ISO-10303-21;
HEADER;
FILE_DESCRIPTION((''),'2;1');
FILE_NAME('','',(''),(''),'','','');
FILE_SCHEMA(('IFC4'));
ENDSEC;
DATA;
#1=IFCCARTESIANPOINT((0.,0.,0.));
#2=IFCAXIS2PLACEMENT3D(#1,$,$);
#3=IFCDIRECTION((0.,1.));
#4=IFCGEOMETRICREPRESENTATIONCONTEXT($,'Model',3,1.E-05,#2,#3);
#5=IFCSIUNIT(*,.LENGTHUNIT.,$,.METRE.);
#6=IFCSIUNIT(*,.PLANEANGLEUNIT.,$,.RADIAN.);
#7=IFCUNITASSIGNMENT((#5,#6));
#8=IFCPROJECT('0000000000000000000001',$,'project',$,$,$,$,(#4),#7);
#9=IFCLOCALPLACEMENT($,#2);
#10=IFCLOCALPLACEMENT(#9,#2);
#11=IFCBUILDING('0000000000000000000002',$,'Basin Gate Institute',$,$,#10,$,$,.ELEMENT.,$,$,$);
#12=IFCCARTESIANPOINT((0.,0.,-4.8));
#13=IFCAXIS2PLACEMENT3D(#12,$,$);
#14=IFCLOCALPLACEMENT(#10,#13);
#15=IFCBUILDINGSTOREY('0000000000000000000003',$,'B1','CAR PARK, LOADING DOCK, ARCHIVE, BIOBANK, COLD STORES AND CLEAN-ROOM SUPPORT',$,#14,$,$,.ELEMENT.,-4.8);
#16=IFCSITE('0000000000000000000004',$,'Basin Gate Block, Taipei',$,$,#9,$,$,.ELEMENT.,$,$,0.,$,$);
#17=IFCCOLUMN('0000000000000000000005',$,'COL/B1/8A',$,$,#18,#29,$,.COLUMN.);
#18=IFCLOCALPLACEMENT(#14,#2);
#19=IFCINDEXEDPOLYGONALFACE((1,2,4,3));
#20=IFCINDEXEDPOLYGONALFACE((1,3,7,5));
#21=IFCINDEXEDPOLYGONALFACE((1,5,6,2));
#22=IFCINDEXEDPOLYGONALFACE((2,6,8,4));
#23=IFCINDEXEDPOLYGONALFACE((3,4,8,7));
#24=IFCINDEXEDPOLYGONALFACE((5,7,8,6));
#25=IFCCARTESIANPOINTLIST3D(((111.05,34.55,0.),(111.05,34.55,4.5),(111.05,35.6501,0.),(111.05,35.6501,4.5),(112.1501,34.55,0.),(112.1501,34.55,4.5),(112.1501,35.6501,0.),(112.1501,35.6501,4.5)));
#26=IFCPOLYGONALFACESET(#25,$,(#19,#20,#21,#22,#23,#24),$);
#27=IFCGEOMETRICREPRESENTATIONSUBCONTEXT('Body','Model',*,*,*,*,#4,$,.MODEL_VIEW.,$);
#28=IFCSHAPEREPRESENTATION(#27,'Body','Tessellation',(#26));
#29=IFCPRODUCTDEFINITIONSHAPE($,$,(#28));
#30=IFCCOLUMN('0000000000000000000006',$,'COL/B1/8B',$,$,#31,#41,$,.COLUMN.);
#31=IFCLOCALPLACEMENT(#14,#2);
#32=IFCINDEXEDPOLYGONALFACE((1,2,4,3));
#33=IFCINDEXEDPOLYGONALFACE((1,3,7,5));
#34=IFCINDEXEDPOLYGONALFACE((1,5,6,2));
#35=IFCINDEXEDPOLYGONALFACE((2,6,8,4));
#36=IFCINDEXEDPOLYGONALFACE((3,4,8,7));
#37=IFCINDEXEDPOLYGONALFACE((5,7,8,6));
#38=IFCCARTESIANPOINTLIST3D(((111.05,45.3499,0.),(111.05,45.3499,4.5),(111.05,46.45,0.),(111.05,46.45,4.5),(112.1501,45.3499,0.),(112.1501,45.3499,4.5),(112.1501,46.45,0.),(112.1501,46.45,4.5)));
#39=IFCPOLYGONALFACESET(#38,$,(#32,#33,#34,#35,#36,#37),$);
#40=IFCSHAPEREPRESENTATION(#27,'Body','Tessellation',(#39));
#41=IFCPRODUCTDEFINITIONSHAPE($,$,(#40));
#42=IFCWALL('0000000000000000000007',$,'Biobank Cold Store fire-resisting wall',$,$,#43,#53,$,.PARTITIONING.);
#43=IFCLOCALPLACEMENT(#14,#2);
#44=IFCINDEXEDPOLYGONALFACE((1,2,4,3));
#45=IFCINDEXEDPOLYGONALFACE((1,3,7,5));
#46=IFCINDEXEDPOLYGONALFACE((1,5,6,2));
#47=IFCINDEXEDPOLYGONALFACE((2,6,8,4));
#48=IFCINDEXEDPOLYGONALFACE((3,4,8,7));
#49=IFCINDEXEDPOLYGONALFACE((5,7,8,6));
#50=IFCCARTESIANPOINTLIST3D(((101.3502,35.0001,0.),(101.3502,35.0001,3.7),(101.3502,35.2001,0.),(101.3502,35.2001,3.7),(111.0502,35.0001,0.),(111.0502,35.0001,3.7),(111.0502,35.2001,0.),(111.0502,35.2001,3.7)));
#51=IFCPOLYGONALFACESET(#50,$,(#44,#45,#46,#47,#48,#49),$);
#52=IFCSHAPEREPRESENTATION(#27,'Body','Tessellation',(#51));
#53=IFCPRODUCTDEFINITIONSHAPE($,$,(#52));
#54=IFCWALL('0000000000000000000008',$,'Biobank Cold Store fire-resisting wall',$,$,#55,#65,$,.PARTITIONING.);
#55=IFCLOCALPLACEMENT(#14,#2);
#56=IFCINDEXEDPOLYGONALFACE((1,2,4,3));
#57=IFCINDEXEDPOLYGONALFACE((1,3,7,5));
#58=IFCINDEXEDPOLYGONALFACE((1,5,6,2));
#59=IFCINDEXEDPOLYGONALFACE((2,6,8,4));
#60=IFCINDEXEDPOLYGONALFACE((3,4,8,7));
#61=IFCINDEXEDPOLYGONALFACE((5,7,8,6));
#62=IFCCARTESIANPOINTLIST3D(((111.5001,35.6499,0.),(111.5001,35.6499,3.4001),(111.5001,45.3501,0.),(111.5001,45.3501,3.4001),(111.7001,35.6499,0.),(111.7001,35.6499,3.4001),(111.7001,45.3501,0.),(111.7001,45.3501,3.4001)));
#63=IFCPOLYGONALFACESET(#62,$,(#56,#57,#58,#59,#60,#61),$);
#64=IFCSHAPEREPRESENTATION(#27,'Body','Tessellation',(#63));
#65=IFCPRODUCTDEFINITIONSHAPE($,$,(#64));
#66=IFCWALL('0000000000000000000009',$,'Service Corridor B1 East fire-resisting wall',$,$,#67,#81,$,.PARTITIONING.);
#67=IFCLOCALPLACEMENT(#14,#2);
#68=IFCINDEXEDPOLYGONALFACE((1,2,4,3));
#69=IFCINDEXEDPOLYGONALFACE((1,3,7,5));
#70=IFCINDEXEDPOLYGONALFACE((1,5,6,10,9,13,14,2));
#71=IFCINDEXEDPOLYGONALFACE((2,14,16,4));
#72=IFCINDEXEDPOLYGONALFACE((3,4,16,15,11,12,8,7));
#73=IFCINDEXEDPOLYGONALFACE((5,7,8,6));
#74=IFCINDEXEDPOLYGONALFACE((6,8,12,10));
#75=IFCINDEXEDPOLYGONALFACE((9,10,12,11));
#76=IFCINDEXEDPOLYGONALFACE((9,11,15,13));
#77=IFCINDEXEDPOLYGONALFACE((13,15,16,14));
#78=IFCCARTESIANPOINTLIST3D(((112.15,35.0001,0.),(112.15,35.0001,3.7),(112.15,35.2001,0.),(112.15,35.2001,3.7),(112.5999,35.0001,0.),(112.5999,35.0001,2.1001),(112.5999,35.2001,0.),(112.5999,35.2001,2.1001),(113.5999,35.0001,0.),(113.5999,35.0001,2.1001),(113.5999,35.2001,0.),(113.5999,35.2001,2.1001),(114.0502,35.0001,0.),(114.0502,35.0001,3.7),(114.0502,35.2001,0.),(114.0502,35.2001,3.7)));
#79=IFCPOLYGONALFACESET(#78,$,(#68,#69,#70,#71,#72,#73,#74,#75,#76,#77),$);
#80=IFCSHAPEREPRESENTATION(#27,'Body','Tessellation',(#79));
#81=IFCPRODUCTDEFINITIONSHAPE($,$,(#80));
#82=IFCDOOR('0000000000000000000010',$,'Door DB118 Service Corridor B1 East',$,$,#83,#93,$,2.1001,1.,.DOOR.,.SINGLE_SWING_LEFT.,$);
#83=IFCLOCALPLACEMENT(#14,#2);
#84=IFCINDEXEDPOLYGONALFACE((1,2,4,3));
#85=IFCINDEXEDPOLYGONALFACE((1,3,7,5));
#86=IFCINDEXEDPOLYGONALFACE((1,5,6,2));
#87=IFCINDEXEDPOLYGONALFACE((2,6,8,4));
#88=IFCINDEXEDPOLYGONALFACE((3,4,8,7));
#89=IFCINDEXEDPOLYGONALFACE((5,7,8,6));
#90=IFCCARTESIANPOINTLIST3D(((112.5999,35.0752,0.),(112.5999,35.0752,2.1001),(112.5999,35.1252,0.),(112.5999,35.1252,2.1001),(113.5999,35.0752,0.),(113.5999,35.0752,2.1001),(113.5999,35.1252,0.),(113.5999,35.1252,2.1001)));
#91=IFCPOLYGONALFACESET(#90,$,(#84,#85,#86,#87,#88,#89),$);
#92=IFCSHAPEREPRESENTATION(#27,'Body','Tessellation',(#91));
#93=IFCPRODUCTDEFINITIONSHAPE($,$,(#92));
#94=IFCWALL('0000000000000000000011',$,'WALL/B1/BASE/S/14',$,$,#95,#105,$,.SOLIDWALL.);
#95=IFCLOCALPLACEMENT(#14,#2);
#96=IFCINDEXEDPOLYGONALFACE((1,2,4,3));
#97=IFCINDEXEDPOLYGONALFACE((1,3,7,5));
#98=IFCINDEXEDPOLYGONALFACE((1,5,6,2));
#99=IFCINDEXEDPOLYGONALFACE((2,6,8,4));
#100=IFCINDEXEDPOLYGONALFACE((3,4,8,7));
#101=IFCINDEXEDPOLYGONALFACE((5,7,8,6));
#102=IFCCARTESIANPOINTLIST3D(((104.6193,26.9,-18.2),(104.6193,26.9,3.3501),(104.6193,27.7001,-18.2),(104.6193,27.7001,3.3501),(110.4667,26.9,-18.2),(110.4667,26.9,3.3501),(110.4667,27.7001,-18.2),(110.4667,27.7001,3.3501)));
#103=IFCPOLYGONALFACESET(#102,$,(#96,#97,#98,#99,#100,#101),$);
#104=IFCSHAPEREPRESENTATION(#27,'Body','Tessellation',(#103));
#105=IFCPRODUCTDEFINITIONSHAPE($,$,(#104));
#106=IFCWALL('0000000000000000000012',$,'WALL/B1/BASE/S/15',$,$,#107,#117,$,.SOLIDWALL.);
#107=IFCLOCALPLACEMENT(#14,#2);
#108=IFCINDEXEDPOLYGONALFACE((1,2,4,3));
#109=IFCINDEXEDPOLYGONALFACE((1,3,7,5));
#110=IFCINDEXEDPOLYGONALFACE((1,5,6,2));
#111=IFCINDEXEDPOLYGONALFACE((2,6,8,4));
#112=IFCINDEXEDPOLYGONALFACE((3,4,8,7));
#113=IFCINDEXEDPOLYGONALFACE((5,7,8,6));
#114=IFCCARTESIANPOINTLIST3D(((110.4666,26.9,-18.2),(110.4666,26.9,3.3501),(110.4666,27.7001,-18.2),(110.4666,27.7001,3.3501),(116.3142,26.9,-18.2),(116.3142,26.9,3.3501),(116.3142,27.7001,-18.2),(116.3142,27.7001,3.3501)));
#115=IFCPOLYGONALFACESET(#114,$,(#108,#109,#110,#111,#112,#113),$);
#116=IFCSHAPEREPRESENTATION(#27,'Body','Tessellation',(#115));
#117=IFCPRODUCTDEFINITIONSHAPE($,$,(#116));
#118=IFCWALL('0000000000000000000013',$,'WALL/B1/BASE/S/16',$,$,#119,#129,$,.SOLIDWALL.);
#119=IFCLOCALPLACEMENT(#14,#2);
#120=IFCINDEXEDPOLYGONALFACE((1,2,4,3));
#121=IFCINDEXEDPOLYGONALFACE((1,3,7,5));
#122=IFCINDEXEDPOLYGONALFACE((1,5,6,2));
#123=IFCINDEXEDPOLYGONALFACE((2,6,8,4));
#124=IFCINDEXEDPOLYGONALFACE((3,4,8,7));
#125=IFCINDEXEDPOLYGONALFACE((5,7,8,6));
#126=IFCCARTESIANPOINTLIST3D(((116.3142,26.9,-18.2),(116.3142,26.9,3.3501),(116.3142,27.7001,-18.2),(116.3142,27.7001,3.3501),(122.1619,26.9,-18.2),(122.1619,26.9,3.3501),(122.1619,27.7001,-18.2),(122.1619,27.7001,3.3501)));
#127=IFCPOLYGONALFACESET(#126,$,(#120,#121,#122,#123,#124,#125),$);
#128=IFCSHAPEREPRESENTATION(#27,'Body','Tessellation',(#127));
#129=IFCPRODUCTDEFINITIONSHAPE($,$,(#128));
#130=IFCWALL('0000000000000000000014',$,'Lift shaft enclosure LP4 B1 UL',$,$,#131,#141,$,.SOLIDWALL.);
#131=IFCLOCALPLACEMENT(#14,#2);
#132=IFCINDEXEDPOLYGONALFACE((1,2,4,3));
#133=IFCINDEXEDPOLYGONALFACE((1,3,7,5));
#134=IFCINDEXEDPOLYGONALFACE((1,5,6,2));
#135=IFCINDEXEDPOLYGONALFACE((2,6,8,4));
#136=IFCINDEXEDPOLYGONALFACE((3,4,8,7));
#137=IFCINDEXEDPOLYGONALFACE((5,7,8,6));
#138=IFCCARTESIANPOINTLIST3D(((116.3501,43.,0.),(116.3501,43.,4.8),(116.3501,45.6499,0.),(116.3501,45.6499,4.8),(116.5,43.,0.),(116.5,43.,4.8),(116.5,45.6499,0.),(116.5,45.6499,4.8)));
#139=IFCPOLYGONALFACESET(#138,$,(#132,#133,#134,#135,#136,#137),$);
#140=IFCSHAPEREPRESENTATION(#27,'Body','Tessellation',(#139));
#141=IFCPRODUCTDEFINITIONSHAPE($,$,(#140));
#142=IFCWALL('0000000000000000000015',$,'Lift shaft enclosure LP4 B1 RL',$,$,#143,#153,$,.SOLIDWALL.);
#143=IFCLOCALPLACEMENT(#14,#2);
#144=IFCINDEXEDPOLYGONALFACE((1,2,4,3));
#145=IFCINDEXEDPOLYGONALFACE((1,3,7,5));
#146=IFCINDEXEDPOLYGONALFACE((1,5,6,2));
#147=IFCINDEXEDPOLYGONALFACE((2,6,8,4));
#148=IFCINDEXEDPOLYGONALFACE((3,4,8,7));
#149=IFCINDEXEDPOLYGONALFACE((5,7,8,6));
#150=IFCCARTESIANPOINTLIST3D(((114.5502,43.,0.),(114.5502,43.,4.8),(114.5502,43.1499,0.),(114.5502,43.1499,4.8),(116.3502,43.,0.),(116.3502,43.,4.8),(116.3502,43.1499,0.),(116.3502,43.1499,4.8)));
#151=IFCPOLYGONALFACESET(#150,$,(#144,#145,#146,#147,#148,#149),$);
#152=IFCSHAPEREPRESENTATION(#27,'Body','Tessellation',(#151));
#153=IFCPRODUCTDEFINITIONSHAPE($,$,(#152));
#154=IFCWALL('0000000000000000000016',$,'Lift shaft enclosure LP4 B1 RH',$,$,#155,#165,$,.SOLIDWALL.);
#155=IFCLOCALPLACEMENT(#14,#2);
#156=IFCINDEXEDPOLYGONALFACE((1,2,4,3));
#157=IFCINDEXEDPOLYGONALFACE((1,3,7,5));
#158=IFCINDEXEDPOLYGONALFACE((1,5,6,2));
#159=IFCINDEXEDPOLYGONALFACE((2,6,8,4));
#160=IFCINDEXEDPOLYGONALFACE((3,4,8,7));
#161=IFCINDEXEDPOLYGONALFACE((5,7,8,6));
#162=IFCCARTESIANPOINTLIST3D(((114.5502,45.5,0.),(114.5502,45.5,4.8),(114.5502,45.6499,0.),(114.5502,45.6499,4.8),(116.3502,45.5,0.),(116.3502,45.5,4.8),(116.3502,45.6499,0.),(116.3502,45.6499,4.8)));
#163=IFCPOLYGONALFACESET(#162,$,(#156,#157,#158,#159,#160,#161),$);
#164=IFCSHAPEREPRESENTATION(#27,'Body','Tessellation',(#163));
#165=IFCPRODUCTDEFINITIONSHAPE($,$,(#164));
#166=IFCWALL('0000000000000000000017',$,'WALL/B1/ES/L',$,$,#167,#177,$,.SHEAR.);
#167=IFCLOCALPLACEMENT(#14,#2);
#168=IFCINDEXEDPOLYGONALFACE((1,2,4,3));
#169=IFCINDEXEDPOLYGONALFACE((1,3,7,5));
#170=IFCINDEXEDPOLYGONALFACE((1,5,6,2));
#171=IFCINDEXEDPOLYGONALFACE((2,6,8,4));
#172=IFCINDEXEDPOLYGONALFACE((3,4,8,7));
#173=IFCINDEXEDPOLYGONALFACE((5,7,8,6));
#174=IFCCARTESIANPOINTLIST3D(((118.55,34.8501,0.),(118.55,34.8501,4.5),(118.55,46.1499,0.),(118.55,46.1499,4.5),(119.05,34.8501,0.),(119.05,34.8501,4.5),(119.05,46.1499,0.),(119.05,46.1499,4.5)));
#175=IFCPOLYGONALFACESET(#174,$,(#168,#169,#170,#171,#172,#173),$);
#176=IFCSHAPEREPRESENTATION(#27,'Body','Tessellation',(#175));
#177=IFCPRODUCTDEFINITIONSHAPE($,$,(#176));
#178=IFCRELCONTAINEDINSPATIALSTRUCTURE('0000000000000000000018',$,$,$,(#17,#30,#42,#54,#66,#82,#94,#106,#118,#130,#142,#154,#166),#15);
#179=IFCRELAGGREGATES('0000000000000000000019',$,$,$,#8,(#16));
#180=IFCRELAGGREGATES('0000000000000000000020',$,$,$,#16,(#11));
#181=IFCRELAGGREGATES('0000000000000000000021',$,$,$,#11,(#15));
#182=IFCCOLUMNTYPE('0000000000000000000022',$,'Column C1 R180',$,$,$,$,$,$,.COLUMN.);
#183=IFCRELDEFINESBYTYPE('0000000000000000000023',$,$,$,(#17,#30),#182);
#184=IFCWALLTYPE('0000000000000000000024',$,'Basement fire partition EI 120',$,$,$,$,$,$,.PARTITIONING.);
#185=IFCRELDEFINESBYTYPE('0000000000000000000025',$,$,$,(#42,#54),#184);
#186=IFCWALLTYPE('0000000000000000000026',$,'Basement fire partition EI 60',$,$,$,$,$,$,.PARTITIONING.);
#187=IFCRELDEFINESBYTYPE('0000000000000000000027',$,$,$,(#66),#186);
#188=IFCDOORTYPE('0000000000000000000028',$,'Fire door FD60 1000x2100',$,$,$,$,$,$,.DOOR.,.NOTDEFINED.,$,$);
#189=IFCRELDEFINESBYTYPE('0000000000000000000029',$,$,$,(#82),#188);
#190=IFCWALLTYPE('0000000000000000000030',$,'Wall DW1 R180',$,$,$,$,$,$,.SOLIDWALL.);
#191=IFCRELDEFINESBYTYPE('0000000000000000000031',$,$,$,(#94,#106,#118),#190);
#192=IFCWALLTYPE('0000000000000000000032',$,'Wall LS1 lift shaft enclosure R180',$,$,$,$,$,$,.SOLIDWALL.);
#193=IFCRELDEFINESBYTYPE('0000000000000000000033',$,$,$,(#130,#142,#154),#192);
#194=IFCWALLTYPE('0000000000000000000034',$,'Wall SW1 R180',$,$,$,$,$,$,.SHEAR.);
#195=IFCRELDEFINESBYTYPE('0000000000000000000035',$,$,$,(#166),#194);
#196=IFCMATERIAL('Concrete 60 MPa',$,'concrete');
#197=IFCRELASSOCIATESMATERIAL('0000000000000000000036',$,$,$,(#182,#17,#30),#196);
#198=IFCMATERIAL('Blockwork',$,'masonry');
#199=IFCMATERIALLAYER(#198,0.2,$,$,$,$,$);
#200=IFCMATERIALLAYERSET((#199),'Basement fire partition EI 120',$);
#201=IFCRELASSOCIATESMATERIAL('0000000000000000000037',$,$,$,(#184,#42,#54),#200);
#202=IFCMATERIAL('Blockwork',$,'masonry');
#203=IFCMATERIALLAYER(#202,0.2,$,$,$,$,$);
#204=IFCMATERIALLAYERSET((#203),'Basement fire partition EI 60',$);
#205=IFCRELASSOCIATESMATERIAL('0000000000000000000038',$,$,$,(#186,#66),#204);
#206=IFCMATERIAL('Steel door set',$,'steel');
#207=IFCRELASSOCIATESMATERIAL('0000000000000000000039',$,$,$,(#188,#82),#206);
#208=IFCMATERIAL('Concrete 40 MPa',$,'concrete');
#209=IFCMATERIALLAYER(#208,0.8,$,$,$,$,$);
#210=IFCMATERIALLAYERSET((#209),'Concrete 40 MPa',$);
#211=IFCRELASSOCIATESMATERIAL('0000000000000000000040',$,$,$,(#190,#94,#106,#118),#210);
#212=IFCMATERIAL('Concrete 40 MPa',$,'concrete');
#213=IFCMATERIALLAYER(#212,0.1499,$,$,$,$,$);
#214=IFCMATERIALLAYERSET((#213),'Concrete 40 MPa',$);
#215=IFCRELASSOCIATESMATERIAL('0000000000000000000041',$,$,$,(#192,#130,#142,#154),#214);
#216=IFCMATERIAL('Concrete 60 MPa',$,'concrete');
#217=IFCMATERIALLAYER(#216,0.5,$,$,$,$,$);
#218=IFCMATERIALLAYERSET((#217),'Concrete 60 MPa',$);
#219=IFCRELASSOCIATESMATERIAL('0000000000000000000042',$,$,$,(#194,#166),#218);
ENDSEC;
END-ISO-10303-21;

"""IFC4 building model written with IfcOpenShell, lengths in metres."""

from ifc_helpers import new_model, si_unit, direction, frame, frame_2d, origin, origin_2d, place, context, subcontext, project, spatial, rectangle, extrude, material, layer, layer_set, material_profile, profile_set, type_object, element, fill, save


model = new_model("IFC4")

# Units and contexts
model_context = context("Model", 3, precision=1e-05, world=origin(), true_north=direction((0.0, 1.0)))
body_context = subcontext(model_context, "Body", "Model", "MODEL_VIEW")
ifc_project = project(units=[si_unit("LENGTHUNIT", "METRE"), si_unit("PLANEANGLEUNIT", "RADIAN")], contexts=[model_context])

# Site, building, storey
site_placement = place(None, origin())
site = spatial("IfcSite", under=ifc_project, at=site_placement, Name="Basin Gate Block, Taipei", CompositionType="ELEMENT", RefElevation=0.0)
building_placement = place(site_placement, origin())
building = spatial("IfcBuilding", under=site, at=building_placement, Name="Basin Gate Institute", CompositionType="ELEMENT")
storey_placement = place(building_placement, frame((0.0, 0.0, -4.8)))
storey = spatial("IfcBuildingStorey", under=building, at=storey_placement, Name="B1", Description="CAR PARK, LOADING DOCK, ARCHIVE, BIOBANK, COLD STORES AND CLEAN-ROOM SUPPORT", CompositionType="ELEMENT", Elevation=-4.8)

# Columns
ifc_material_1 = material(Name="Concrete 60 MPa", Category="concrete")
ifc_material_profile = material_profile(ifc_material_1, rectangle(XDim=1.1001, YDim=1.1001, at=origin_2d()), Name="Column C1 1100 x 1100")
ifc_profile_set = profile_set([ifc_material_profile], Name="Concrete 60 MPa")
column_type = type_object("IfcColumnType", Name="Column C1 R180", PredefinedType="COLUMN", material=ifc_profile_set)
for number, where, z_axis, x_axis, name in (
    (1, (111.6001, 35.1001, 0.0), (0.0, 0.0, 1.0), (1.0, 0.0, 0.0), "COL/B1/8A"),
    (2, (111.6001, 45.8999, 0.0), (0.0, 0.0, 1.0), (1.0, 0.0, 0.0), "COL/B1/8B"),
):
    element("IfcColumn", number, at=place(storey_placement, frame(where, z_axis=z_axis, x_axis=x_axis)), inside=storey, type_object=column_type, material=ifc_profile_set, Name=name, PredefinedType="COLUMN", context=body_context, shape_type="SweptSolid", body=[
        extrude(rectangle(XDim=1.1001, YDim=1.1001, at=origin_2d()), origin(), (0.0, 0.0, 1.0), 4.5),
    ])

# Walls
ifc_material_2 = material(Name="Blockwork", Category="masonry")
ifc_layer_1 = layer(ifc_material_2, 0.2)
ifc_layer_set_1 = layer_set([ifc_layer_1], Name="Basement fire partition EI 120")
wall_type_1 = type_object("IfcWallType", Name="Basement fire partition EI 120", PredefinedType="PARTITIONING", material=ifc_layer_set_1)
wall_1_placement = place(storey_placement, frame((101.3501, 35.1001, 0.0), z_axis=(0.0, 0.0, 1.0), x_axis=(1.0, 0.0, 0.0)))
element("IfcWall", 3, at=wall_1_placement, inside=storey, type_object=wall_type_1, material=ifc_layer_set_1, Name="Biobank Cold Store fire-resisting wall", PredefinedType="PARTITIONING", context=body_context, shape_type="SweptSolid", body=[
    extrude(rectangle(XDim=9.7, YDim=0.2, at=frame_2d((4.8501, 0.0))), origin(), (0.0, 0.0, 1.0), 3.7),
])
wall_2_placement = place(storey_placement, frame((111.6001, 35.6499, 0.0), z_axis=(0.0, 0.0, 1.0), x_axis=(0.0, 1.0, 0.0)))
element("IfcWall", 4, at=wall_2_placement, inside=storey, type_object=wall_type_1, material=ifc_layer_set_1, Name="Biobank Cold Store fire-resisting wall", PredefinedType="PARTITIONING", context=body_context, shape_type="SweptSolid", body=[
    extrude(rectangle(XDim=9.7002, YDim=0.2, at=frame_2d((4.8501, 0.0))), origin(), (0.0, 0.0, 1.0), 3.4001),
])

# Wall, opening, door
ifc_material_3 = material(Name="Blockwork", Category="masonry")
ifc_layer_2 = layer(ifc_material_3, 0.2)
ifc_layer_set_2 = layer_set([ifc_layer_2], Name="Basement fire partition EI 60")
wall_type_2 = type_object("IfcWallType", Name="Basement fire partition EI 60", PredefinedType="PARTITIONING", material=ifc_layer_set_2)
wall_3_placement = place(storey_placement, frame((112.1499, 35.1001, 0.0), z_axis=(0.0, 0.0, 1.0), x_axis=(1.0, 0.0, 0.0)))
wall_3 = element("IfcWall", 5, at=wall_3_placement, inside=storey, type_object=wall_type_2, material=ifc_layer_set_2, Name="Service Corridor B1 East fire-resisting wall", PredefinedType="PARTITIONING", context=body_context, shape_type="SweptSolid", body=[
    extrude(rectangle(XDim=1.9001, YDim=0.2, at=frame_2d((0.9502, 0.0))), origin(), (0.0, 0.0, 1.0), 3.7),
])
opening_1_placement = place(wall_3_placement, frame((0.45, 0.0, 0.0)))
opening_1 = element("IfcOpeningElement", 6, at=opening_1_placement, cuts=wall_3, PredefinedType="OPENING", context=body_context, shape_type="SweptSolid", body=[
    extrude(rectangle(XDim=1.0, YDim=2.1001, at=frame_2d((0.5, 1.05))), frame((0.0, 0.1099, 0.0), z_axis=(0.0, -1.0, 0.0), x_axis=(1.0, 0.0, 0.0)), (0.0, 0.0, 1.0), 0.22),
])
ifc_material_4 = material(Name="Steel door set", Category="steel")
door_type_1 = type_object("IfcDoorType", Name="Fire door FD60 1000x2100", OperationType="NOTDEFINED", PredefinedType="DOOR", material=ifc_material_4)
door_1_placement = place(opening_1_placement, frame((1.0, 0.0, 0.0), z_axis=(0.0, 0.0, 1.0), x_axis=(-1.0, 0.0, 0.0)))
door_1 = element("IfcDoor", 7, at=door_1_placement, inside=storey, type_object=door_type_1, material=ifc_material_4, Name="Door DB118 Service Corridor B1 East", OperationType="SINGLE_SWING_LEFT", OverallHeight=2.1001, OverallWidth=1.0, PredefinedType="DOOR", context=body_context, shape_type="SweptSolid", body=[
    extrude(rectangle(XDim=1.0, YDim=2.1001, at=frame_2d((0.5, 1.05))), frame((0.0, 0.0249, 0.0), z_axis=(0.0, -1.0, 0.0), x_axis=(1.0, 0.0, 0.0)), (0.0, 0.0, 1.0), 0.05),
])
fill(opening_1, door_1)

# Walls
ifc_material_5 = material(Name="Concrete 40 MPa", Category="concrete")
ifc_layer_3 = layer(ifc_material_5, 0.8)
ifc_layer_set_3 = layer_set([ifc_layer_3], Name="Concrete 40 MPa")
wall_type_3 = type_object("IfcWallType", Name="Wall DW1 R180", PredefinedType="SOLIDWALL", material=ifc_layer_set_3)
wall_4_placement = place(storey_placement, frame((104.6191, 27.3, -18.2), z_axis=(0.0, 0.0, 1.0), x_axis=(1.0, 0.0, 0.0)))
element("IfcWall", 8, at=wall_4_placement, inside=storey, type_object=wall_type_3, material=ifc_layer_set_3, Name="WALL/B1/BASE/S/14", PredefinedType="SOLIDWALL", context=body_context, shape_type="SweptSolid", body=[
    extrude(rectangle(XDim=5.8474, YDim=0.8, at=frame_2d((2.9238, 0.0))), origin(), (0.0, 0.0, 1.0), 21.55),
])
for number, where, z_axis, x_axis, name in (
    (9, (110.4666, 27.3, -18.2), (0.0, 0.0, 1.0), (1.0, 0.0, 0.0), "WALL/B1/BASE/S/15"),
    (10, (116.3142, 27.3, -18.2), (0.0, 0.0, 1.0), (1.0, 0.0, 0.0), "WALL/B1/BASE/S/16"),
):
    element("IfcWall", number, at=place(storey_placement, frame(where, z_axis=z_axis, x_axis=x_axis)), inside=storey, type_object=wall_type_3, material=ifc_layer_set_3, Name=name, PredefinedType="SOLIDWALL", context=body_context, shape_type="SweptSolid", body=[
        extrude(rectangle(XDim=5.8477, YDim=0.8, at=frame_2d((2.9238, 0.0))), origin(), (0.0, 0.0, 1.0), 21.55),
    ])
ifc_material_6 = material(Name="Concrete 40 MPa", Category="concrete")
ifc_layer_4 = layer(ifc_material_6, 0.1499)
ifc_layer_set_4 = layer_set([ifc_layer_4], Name="Concrete 40 MPa")
wall_type_4 = type_object("IfcWallType", Name="Wall LS1 lift shaft enclosure R180", PredefinedType="SOLIDWALL", material=ifc_layer_set_4)
wall_5_placement = place(storey_placement, frame((116.425, 43.0, 0.0), z_axis=(0.0, 0.0, 1.0), x_axis=(0.0, 1.0, 0.0)))
element("IfcWall", 11, at=wall_5_placement, inside=storey, type_object=wall_type_4, material=ifc_layer_set_4, Name="Lift shaft enclosure LP4 B1 UL", PredefinedType="SOLIDWALL", context=body_context, shape_type="SweptSolid", body=[
    extrude(rectangle(XDim=2.6499, YDim=0.1499, at=frame_2d((1.325, 0.0))), origin(), (0.0, 0.0, 1.0), 4.8),
])
for number, where, z_axis, x_axis, name in (
    (12, (116.3501, 43.075, 0.0), (0.0, 0.0, 1.0), (-1.0, 0.0, 0.0), "Lift shaft enclosure LP4 B1 RL"),
    (13, (116.3501, 45.575, 0.0), (0.0, 0.0, 1.0), (-1.0, 0.0, 0.0), "Lift shaft enclosure LP4 B1 RH"),
):
    element("IfcWall", number, at=place(storey_placement, frame(where, z_axis=z_axis, x_axis=x_axis)), inside=storey, type_object=wall_type_4, material=ifc_layer_set_4, Name=name, PredefinedType="SOLIDWALL", context=body_context, shape_type="SweptSolid", body=[
        extrude(rectangle(XDim=1.8, YDim=0.1499, at=frame_2d((0.8999, 0.0))), origin(), (0.0, 0.0, 1.0), 4.8),
    ])
ifc_material_7 = material(Name="Concrete 60 MPa", Category="concrete")
ifc_layer_5 = layer(ifc_material_7, 0.5)
ifc_layer_set_5 = layer_set([ifc_layer_5], Name="Concrete 60 MPa")
wall_type_5 = type_object("IfcWallType", Name="Wall SW1 R180", PredefinedType="SHEAR", material=ifc_layer_set_5)
wall_6_placement = place(storey_placement, frame((118.8, 34.8501, 0.0), z_axis=(0.0, 0.0, 1.0), x_axis=(0.0, 1.0, 0.0)))
element("IfcWall", 14, at=wall_6_placement, inside=storey, type_object=wall_type_5, material=ifc_layer_set_5, Name="WALL/B1/ES/L", PredefinedType="SHEAR", context=body_context, shape_type="SweptSolid", body=[
    extrude(rectangle(XDim=11.2998, YDim=0.5, at=frame_2d((5.6499, 0.0))), origin(), (0.0, 0.0, 1.0), 4.5),
])

save(model, "model.ifc")
